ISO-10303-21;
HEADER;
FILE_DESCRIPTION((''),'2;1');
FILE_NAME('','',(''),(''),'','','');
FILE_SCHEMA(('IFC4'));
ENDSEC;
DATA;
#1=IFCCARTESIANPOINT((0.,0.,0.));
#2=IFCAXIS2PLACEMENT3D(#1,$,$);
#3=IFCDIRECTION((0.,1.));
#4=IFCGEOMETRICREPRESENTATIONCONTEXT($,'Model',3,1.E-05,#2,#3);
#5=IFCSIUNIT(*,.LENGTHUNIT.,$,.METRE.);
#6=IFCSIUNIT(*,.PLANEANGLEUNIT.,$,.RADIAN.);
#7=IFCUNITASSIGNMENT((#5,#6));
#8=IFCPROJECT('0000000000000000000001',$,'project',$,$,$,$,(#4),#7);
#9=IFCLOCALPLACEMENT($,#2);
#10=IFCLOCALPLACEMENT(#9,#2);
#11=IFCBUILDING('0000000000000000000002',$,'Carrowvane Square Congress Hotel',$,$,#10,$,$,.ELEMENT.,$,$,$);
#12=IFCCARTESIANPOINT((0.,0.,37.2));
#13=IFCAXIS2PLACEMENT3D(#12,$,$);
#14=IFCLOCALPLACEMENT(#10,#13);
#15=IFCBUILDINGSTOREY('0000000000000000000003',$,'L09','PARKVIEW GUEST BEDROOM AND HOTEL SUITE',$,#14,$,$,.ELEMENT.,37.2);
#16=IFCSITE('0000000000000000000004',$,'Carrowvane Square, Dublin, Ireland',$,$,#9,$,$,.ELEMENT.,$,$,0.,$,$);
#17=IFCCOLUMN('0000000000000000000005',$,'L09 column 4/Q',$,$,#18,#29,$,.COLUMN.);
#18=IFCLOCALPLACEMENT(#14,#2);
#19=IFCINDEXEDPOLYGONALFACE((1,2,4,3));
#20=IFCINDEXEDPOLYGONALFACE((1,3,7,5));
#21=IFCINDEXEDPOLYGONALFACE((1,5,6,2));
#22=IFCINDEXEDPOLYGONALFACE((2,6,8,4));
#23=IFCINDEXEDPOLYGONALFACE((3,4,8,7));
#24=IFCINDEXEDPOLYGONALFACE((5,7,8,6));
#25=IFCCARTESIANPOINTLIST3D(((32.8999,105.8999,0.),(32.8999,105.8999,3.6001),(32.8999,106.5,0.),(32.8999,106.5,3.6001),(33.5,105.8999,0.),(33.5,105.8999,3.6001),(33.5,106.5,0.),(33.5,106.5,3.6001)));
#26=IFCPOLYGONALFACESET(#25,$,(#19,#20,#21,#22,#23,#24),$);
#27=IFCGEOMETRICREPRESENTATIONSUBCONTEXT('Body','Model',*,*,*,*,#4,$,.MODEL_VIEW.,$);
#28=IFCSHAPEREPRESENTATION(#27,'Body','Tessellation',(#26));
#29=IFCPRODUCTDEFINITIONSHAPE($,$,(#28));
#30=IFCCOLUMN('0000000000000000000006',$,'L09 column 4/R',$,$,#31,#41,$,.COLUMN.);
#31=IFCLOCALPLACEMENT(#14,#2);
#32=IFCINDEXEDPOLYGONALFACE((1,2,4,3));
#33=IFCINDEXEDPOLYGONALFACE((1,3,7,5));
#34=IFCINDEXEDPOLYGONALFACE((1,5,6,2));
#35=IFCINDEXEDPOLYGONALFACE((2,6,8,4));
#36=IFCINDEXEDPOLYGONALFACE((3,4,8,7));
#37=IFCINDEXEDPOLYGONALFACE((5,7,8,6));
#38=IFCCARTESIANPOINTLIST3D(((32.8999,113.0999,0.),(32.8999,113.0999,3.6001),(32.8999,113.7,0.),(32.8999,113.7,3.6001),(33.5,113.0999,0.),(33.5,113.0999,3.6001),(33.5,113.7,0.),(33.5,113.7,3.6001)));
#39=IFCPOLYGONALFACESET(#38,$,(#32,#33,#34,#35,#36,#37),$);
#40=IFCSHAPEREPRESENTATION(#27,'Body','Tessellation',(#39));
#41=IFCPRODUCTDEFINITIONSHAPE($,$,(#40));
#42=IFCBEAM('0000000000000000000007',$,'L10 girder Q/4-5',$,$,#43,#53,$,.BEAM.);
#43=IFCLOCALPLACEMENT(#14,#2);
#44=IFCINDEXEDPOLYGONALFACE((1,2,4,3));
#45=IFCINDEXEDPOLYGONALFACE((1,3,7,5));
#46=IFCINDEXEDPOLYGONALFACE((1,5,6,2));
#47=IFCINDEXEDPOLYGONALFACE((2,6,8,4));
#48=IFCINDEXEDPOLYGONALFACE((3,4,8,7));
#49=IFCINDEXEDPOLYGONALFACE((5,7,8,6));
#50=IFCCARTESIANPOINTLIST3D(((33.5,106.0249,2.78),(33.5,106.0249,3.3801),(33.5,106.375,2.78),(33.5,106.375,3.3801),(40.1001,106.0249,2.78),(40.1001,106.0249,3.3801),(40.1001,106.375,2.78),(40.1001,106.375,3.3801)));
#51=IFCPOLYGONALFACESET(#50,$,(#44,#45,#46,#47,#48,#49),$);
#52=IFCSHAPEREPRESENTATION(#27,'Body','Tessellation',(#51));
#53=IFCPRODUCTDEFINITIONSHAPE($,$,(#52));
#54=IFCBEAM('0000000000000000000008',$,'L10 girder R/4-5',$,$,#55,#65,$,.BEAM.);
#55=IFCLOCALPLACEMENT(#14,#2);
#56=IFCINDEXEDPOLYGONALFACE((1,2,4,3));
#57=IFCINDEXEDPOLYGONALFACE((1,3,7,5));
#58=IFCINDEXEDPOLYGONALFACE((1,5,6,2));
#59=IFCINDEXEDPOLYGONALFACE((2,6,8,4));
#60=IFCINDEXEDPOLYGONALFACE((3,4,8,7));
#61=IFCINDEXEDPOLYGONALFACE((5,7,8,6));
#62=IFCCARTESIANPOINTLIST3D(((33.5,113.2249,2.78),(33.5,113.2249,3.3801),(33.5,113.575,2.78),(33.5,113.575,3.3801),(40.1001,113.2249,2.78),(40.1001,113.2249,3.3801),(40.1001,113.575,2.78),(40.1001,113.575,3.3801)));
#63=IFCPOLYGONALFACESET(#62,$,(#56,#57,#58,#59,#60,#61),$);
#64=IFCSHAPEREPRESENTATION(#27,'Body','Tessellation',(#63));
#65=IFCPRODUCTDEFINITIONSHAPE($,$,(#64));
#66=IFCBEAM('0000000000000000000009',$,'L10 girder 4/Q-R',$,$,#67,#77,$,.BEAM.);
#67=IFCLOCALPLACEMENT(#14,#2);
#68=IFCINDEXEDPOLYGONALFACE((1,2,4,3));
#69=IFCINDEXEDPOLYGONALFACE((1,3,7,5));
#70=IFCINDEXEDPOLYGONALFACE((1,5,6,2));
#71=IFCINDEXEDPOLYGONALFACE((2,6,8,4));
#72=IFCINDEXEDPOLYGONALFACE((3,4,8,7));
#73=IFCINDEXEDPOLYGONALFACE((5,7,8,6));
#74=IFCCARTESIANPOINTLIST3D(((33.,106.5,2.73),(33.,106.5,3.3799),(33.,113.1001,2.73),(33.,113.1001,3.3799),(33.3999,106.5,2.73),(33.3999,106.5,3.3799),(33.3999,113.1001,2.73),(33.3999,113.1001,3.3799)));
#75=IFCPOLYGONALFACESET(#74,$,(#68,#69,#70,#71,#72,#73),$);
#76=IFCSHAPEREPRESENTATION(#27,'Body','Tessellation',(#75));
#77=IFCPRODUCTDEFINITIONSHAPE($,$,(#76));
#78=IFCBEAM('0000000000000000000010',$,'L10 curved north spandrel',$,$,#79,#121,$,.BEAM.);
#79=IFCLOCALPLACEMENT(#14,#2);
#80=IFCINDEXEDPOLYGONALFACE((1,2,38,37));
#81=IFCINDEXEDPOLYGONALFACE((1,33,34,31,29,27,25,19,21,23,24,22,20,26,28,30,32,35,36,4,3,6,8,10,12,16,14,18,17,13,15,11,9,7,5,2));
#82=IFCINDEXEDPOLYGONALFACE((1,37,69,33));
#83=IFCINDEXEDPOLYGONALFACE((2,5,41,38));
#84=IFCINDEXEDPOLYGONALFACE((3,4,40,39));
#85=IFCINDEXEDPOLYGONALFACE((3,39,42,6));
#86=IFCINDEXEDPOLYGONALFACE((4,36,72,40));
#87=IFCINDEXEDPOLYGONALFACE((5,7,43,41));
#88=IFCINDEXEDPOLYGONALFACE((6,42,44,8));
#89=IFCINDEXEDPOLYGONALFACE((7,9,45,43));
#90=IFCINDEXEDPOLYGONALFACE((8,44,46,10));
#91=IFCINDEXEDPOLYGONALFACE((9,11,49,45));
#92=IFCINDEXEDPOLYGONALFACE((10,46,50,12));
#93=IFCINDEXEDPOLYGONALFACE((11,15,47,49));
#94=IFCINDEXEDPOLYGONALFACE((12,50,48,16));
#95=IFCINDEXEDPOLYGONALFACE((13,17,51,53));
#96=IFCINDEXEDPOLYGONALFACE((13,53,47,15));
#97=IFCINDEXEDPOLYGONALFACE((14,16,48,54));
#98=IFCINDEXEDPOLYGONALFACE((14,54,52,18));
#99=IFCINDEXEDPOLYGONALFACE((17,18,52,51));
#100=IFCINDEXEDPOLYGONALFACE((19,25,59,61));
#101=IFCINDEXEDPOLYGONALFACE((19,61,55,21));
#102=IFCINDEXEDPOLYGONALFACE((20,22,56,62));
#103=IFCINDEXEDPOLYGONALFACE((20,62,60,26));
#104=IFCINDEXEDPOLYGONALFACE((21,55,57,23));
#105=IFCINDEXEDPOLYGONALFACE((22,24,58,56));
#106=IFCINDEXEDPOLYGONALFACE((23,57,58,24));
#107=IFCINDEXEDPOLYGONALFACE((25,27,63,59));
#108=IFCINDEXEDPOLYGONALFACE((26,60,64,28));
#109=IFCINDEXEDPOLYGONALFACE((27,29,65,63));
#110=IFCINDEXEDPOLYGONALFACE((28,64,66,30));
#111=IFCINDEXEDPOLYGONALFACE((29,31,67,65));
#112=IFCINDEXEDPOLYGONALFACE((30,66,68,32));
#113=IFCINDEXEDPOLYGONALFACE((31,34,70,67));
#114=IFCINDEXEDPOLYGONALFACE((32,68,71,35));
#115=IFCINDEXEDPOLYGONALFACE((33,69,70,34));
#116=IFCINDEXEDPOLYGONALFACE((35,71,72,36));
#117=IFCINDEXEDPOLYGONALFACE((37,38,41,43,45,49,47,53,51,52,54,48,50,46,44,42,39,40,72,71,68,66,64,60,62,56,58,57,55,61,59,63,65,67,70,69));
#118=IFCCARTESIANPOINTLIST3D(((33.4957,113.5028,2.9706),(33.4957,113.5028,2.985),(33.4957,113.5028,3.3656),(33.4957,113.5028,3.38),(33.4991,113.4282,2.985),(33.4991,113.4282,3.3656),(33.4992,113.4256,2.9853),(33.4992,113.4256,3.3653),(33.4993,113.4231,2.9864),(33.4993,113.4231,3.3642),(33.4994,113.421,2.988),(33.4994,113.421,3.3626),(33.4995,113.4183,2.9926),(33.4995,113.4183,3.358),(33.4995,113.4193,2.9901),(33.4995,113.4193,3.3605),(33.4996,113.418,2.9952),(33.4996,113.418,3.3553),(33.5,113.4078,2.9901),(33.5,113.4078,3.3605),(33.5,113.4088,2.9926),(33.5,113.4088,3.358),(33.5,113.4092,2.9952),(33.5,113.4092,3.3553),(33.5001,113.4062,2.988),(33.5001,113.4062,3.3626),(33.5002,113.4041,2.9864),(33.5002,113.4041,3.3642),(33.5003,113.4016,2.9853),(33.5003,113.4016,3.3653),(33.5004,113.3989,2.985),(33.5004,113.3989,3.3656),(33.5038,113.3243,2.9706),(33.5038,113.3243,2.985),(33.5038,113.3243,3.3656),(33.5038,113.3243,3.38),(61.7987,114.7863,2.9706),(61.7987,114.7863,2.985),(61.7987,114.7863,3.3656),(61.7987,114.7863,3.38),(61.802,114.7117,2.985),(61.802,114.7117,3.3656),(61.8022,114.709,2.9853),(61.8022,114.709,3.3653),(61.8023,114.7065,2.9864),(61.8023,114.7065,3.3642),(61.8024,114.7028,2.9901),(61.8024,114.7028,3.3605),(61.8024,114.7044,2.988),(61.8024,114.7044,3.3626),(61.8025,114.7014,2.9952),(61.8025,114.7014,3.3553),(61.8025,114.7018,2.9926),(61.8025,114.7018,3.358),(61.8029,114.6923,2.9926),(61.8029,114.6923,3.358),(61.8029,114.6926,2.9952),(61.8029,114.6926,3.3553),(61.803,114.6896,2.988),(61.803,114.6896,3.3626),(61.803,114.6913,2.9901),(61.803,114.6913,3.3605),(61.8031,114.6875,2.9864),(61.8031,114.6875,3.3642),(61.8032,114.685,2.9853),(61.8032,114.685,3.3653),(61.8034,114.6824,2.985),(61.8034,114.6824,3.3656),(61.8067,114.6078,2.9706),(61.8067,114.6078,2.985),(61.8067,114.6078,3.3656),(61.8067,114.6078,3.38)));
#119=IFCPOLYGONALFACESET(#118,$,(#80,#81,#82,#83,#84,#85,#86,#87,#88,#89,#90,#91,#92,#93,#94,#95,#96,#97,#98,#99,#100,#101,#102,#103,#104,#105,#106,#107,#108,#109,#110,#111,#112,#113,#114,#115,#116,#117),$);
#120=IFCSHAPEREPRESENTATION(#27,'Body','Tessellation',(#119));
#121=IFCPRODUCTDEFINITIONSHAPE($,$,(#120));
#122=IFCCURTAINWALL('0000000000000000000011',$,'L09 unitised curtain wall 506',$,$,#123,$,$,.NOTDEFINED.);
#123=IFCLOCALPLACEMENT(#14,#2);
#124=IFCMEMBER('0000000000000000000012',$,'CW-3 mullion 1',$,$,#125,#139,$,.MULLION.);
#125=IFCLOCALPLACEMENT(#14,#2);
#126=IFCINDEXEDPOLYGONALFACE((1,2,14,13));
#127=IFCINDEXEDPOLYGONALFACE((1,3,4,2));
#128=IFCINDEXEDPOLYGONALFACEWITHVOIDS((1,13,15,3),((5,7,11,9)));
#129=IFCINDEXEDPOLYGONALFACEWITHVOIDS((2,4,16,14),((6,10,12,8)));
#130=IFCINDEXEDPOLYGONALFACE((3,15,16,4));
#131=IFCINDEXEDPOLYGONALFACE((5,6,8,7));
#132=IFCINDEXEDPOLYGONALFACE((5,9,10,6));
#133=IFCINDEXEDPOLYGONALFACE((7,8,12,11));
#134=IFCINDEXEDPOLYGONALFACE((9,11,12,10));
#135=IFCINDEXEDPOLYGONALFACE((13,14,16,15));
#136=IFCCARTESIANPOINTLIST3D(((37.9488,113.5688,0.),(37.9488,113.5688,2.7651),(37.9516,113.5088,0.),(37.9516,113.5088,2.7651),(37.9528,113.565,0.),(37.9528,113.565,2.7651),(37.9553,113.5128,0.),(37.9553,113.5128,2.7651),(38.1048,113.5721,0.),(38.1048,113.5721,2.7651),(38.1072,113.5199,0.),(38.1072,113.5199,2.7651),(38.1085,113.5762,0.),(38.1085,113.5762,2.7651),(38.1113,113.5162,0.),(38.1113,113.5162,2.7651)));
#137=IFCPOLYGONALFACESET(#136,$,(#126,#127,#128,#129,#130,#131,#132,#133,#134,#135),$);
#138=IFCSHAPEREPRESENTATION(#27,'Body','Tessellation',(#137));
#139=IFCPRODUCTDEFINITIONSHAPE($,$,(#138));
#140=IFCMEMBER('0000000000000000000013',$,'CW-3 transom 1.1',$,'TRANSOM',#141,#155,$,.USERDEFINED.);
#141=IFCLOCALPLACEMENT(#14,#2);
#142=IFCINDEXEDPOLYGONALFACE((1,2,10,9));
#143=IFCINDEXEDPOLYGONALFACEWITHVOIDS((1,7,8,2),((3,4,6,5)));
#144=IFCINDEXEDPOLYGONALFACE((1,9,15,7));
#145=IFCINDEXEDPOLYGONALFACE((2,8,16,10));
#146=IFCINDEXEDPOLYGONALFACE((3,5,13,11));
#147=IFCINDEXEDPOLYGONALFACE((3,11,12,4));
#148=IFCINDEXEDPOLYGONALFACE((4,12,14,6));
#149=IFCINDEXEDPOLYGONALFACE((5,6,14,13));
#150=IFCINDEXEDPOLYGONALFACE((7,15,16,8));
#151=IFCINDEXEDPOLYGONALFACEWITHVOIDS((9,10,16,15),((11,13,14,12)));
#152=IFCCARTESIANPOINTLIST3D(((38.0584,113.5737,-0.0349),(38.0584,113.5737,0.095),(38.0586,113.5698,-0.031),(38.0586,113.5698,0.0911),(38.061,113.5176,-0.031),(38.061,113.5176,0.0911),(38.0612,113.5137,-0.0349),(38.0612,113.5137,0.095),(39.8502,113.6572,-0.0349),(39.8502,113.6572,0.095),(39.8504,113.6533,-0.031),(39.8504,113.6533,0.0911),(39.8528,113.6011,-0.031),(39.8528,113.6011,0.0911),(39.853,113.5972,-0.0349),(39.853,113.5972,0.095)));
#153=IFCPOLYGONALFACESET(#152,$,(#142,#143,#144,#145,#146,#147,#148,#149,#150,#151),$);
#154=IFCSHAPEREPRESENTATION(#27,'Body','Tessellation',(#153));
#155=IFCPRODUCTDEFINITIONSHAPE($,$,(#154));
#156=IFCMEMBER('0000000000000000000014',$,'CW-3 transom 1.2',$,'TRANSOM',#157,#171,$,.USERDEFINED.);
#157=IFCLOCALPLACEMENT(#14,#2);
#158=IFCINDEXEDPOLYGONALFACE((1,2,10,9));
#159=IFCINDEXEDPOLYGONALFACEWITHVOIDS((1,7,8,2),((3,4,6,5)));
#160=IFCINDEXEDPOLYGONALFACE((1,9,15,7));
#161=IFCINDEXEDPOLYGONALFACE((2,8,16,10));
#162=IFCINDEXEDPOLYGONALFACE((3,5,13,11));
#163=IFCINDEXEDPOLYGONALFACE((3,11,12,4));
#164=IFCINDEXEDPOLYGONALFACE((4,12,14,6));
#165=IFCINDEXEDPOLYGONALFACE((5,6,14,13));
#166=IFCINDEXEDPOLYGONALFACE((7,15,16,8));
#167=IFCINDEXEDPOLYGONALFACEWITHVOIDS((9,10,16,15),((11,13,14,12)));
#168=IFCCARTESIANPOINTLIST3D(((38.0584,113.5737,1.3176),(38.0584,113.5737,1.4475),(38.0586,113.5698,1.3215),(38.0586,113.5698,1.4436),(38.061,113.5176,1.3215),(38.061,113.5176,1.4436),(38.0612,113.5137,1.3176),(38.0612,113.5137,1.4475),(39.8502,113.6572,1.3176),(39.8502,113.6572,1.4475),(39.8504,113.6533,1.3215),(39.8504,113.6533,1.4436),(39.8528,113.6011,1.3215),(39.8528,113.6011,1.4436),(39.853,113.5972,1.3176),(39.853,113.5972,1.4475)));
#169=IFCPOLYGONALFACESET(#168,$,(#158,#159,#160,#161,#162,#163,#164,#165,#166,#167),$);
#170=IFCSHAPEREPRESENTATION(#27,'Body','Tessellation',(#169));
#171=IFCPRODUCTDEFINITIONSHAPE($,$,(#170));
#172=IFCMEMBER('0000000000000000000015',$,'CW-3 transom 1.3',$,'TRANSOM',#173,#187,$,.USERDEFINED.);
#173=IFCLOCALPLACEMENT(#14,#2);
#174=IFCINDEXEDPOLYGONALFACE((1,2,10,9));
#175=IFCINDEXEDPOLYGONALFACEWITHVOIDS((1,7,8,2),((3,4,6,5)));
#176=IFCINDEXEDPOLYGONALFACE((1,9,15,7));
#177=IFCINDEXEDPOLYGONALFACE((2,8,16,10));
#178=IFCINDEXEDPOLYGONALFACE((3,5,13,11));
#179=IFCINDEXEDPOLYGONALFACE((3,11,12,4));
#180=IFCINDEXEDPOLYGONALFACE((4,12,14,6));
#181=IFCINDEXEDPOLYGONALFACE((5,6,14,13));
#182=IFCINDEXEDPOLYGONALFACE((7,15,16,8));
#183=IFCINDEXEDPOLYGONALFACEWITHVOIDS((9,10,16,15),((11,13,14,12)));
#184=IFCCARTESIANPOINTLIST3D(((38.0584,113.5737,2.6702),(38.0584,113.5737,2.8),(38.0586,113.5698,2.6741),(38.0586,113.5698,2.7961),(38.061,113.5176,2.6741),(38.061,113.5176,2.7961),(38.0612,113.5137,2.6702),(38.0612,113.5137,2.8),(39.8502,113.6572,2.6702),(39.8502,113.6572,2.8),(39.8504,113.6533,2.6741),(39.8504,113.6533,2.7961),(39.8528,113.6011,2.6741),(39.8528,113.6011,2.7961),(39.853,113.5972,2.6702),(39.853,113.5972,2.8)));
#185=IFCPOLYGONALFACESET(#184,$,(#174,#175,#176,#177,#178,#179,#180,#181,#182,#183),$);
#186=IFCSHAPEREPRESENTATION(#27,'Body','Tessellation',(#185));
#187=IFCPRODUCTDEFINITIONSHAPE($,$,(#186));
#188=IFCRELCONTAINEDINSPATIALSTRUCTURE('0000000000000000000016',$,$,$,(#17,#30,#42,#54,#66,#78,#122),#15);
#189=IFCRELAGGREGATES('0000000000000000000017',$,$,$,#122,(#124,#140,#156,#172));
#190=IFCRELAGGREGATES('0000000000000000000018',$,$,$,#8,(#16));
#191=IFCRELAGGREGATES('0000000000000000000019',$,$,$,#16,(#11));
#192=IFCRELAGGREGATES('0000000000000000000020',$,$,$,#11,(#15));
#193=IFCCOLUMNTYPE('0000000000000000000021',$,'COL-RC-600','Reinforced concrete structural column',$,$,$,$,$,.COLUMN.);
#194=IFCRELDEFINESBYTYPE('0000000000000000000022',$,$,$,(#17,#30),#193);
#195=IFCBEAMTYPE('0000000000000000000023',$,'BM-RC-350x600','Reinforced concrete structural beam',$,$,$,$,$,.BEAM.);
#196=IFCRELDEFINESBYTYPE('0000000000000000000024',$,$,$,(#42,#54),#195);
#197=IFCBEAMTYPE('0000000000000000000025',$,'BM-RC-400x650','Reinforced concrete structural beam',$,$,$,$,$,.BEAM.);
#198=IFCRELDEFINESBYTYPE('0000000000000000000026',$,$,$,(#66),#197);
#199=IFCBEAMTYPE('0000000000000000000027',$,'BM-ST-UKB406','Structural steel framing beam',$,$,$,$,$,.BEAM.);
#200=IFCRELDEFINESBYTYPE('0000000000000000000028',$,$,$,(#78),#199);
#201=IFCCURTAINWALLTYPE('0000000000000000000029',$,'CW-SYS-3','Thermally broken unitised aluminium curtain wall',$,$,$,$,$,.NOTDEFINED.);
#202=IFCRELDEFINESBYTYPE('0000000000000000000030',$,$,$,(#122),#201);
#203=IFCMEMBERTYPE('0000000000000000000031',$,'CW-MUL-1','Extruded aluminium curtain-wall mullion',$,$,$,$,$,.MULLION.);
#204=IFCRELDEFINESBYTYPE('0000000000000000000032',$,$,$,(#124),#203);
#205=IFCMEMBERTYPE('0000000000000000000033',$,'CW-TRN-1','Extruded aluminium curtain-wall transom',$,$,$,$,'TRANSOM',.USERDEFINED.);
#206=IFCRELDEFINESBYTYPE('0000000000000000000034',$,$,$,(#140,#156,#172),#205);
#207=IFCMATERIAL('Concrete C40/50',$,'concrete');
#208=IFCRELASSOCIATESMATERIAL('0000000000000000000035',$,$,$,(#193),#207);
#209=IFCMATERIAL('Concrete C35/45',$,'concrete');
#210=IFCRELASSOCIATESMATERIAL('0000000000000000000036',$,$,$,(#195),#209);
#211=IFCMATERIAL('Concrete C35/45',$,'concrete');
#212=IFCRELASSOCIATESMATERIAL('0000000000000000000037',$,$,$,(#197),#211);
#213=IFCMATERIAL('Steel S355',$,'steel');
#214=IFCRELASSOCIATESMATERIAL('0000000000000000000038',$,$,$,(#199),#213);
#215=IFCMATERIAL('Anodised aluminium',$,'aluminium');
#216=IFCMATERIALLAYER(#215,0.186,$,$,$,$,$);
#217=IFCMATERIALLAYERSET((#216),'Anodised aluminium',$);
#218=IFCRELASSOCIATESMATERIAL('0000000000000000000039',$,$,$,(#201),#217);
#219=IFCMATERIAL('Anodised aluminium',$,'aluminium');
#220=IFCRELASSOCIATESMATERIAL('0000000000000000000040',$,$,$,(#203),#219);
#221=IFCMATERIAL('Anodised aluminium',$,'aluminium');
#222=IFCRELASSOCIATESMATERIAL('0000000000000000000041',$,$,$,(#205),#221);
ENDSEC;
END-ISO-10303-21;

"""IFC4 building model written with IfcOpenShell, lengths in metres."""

from ifc_helpers import new_model, si_unit, direction, frame, origin, origin_2d, place, context, subcontext, project, spatial, rectangle, hollow_rectangle, i_section, extrude, material, layer, layer_set, material_profile, profile_set, type_object, element, aggregate, save


model = new_model("IFC4")

# Units and contexts
model_context = context("Model", 3, precision=1e-05, world=origin(), true_north=direction((0.0, 1.0)))
body_context = subcontext(model_context, "Body", "Model", "MODEL_VIEW")
ifc_project = project(units=[si_unit("LENGTHUNIT", "METRE"), si_unit("PLANEANGLEUNIT", "RADIAN")], contexts=[model_context])

# Site, building, storey
site_placement = place(None, origin())
site = spatial("IfcSite", under=ifc_project, at=site_placement, Name="Carrowvane Square, Dublin, Ireland", CompositionType="ELEMENT", RefElevation=0.0)
building_placement = place(site_placement, origin())
building = spatial("IfcBuilding", under=site, at=building_placement, Name="Carrowvane Square Congress Hotel", CompositionType="ELEMENT")
storey_placement = place(building_placement, frame((0.0, 0.0, 37.2)))
storey = spatial("IfcBuildingStorey", under=building, at=storey_placement, Name="L09", Description="PARKVIEW GUEST BEDROOM AND HOTEL SUITE", CompositionType="ELEMENT", Elevation=37.2)

# Columns
ifc_material_1 = material(Name="Concrete C40/50", Category="concrete")
ifc_material_profile_1 = material_profile(ifc_material_1, rectangle(XDim=0.6001, YDim=0.6001, at=origin_2d()), Name="RC 600x600")
ifc_profile_set_1 = profile_set([ifc_material_profile_1], Name="Concrete C40/50")
column_type = type_object("IfcColumnType", Name="COL-RC-600", Description="Reinforced concrete structural column", PredefinedType="COLUMN", material=ifc_profile_set_1)
for number, where, z_axis, x_axis, name in (
    (1, (33.2, 106.2, 0.0), (0.0, 0.0, 1.0), (1.0, 0.0, 0.0), "L09 column 4/Q"),
    (2, (33.2, 113.3999, 0.0), (0.0, 0.0, 1.0), (1.0, 0.0, 0.0), "L09 column 4/R"),
):
    element("IfcColumn", number, at=place(storey_placement, frame(where, z_axis=z_axis, x_axis=x_axis)), inside=storey, type_object=column_type, Name=name, PredefinedType="COLUMN", context=body_context, shape_type="SweptSolid", body=[
        extrude(rectangle(XDim=0.6001, YDim=0.6001, at=origin_2d()), origin(), (0.0, 0.0, 1.0), 3.6001),
    ])

# Beams
ifc_material_2 = material(Name="Concrete C35/45", Category="concrete")
ifc_material_profile_2 = material_profile(ifc_material_2, rectangle(XDim=0.3501, YDim=0.6001, at=origin_2d()), Name="RC 350x600")
ifc_profile_set_2 = profile_set([ifc_material_profile_2], Name="Concrete C35/45")
beam_type_1 = type_object("IfcBeamType", Name="BM-RC-350x600", Description="Reinforced concrete structural beam", PredefinedType="BEAM", material=ifc_profile_set_2)
for number, where, z_axis, x_axis, name in (
    (3, (33.5, 106.2, 3.0801), (1.0, 0.0, 0.0), (0.0, 1.0, 0.0), "L10 girder Q/4-5"),
    (4, (33.5, 113.3999, 3.0801), (1.0, 0.0, 0.0), (0.0, 1.0, 0.0), "L10 girder R/4-5"),
):
    element("IfcBeam", number, at=place(storey_placement, frame(where, z_axis=z_axis, x_axis=x_axis)), inside=storey, type_object=beam_type_1, Name=name, PredefinedType="BEAM", context=body_context, shape_type="SweptSolid", body=[
        extrude(rectangle(XDim=0.3501, YDim=0.6001, at=origin_2d()), origin(), (0.0, 0.0, 1.0), 6.6001),
    ])
ifc_material_3 = material(Name="Concrete C35/45", Category="concrete")
ifc_material_profile_3 = material_profile(ifc_material_3, rectangle(XDim=0.3999, YDim=0.6499, at=origin_2d()), Name="RC 400x650")
ifc_profile_set_3 = profile_set([ifc_material_profile_3], Name="Concrete C35/45")
beam_type_2 = type_object("IfcBeamType", Name="BM-RC-400x650", Description="Reinforced concrete structural beam", PredefinedType="BEAM", material=ifc_profile_set_3)
beam_1_placement = place(storey_placement, frame((33.2, 106.5, 3.0549), z_axis=(0.0, 1.0, 0.0), x_axis=(-1.0, 0.0, 0.0)))
element("IfcBeam", 5, at=beam_1_placement, inside=storey, type_object=beam_type_2, Name="L10 girder 4/Q-R", PredefinedType="BEAM", context=body_context, shape_type="SweptSolid", body=[
    extrude(rectangle(XDim=0.3999, YDim=0.6499, at=origin_2d()), origin(), (0.0, 0.0, 1.0), 6.6001),
])
ifc_material_4 = material(Name="Steel S355", Category="steel")
ifc_material_profile_4 = material_profile(ifc_material_4, i_section(OverallWidth=0.1787, OverallDepth=0.4094, WebThickness=0.0088, FlangeThickness=0.0144, FilletRadius=0.0103, at=origin_2d()), Name="UKB 406x178x67")
ifc_profile_set_4 = profile_set([ifc_material_profile_4], Name="Steel S355")
beam_type_3 = type_object("IfcBeamType", Name="BM-ST-UKB406", Description="Structural steel framing beam", PredefinedType="BEAM", material=ifc_profile_set_4)
beam_2_placement = place(storey_placement, frame((33.4998, 113.4136, 3.1753), z_axis=(0.998973, 0.0453, 0.0), x_axis=(-0.0453, 0.998973, 0.0)))
element("IfcBeam", 6, at=beam_2_placement, inside=storey, type_object=beam_type_3, Name="L10 curved north spandrel", PredefinedType="BEAM", context=body_context, shape_type="SweptSolid", body=[
    extrude(i_section(OverallWidth=0.1787, OverallDepth=0.4094, WebThickness=0.0088, FlangeThickness=0.0144, FilletRadius=0.0103, at=origin_2d()), origin(), (0.0, 0.0, 1.0), 28.332),
])

# Curtain wall, members
ifc_material_5 = material(Name="Anodised aluminium", Category="aluminium")
ifc_layer_1 = layer(ifc_material_5, 0.186)
ifc_layer_set_1 = layer_set([ifc_layer_1], Name="Anodised aluminium")
curtain_wall_type = type_object("IfcCurtainWallType", Name="CW-SYS-3", Description="Thermally broken unitised aluminium curtain wall", PredefinedType="NOTDEFINED", material=ifc_layer_set_1)
curtain_wall_placement = place(storey_placement, origin())
curtain_wall = element("IfcCurtainWall", 7, at=curtain_wall_placement, inside=storey, type_object=curtain_wall_type, Name="L09 unitised curtain wall 506", PredefinedType="NOTDEFINED")
ifc_material_6 = material(Name="Anodised aluminium", Category="aluminium")
ifc_material_profile_5 = material_profile(ifc_material_6, hollow_rectangle(XDim=0.0601, YDim=0.1599, WallThickness=0.0039, at=origin_2d()), Name="CW-ML 60x160x4")
ifc_profile_set_5 = profile_set([ifc_material_profile_5], Name="Anodised aluminium")
member_type_1 = type_object("IfcMemberType", Name="CW-MUL-1", Description="Extruded aluminium curtain-wall mullion", PredefinedType="MULLION", material=ifc_profile_set_5)
member_1_placement = place(storey_placement, frame((38.03, 113.5425, 0.0), z_axis=(0.0, 0.0, 1.0), x_axis=(-0.046522, 0.998917, 0.0)))
member_1 = element("IfcMember", 8, at=member_1_placement, type_object=member_type_1, Name="CW-3 mullion 1", PredefinedType="MULLION", context=body_context, shape_type="SweptSolid", body=[
    extrude(hollow_rectangle(XDim=0.0601, YDim=0.1599, WallThickness=0.0039, at=origin_2d()), origin(), (0.0, 0.0, 1.0), 2.7651),
])
ifc_material_7 = material(Name="Anodised aluminium", Category="aluminium")
ifc_material_profile_6 = material_profile(ifc_material_7, hollow_rectangle(XDim=0.0601, YDim=0.1299, WallThickness=0.0039, at=origin_2d()), Name="CW-TR 60x130x4")
ifc_profile_set_6 = profile_set([ifc_material_profile_6], Name="Anodised aluminium")
member_type_2 = type_object("IfcMemberType", Name="CW-TRN-1", Description="Extruded aluminium curtain-wall transom", ElementType="TRANSOM", PredefinedType="USERDEFINED", material=ifc_profile_set_6)
member_2_placement = place(storey_placement, frame((38.0598, 113.5437, 0.03), z_axis=(0.998916, 0.04655, 0.0), x_axis=(-0.04655, 0.998916, 0.0)))
member_2 = element("IfcMember", 9, at=member_2_placement, type_object=member_type_2, Name="CW-3 transom 1.1", ObjectType="TRANSOM", PredefinedType="USERDEFINED", context=body_context, shape_type="SweptSolid", body=[
    extrude(hollow_rectangle(XDim=0.0601, YDim=0.1299, WallThickness=0.0039, at=origin_2d()), origin(), (0.0, 0.0, 1.0), 1.7937),
])
member_3_placement = place(storey_placement, frame((38.0598, 113.5437, 1.3826), z_axis=(0.998916, 0.04655, 0.0), x_axis=(-0.04655, 0.998916, 0.0)))
member_3 = element("IfcMember", 10, at=member_3_placement, type_object=member_type_2, Name="CW-3 transom 1.2", ObjectType="TRANSOM", PredefinedType="USERDEFINED", context=body_context, shape_type="SweptSolid", body=[
    extrude(hollow_rectangle(XDim=0.0601, YDim=0.1299, WallThickness=0.0039, at=origin_2d()), origin(), (0.0, 0.0, 1.0), 1.7937),
])
member_4_placement = place(storey_placement, frame((38.0598, 113.5437, 2.7351), z_axis=(0.998916, 0.04655, 0.0), x_axis=(-0.04655, 0.998916, 0.0)))
member_4 = element("IfcMember", 11, at=member_4_placement, type_object=member_type_2, Name="CW-3 transom 1.3", ObjectType="TRANSOM", PredefinedType="USERDEFINED", context=body_context, shape_type="SweptSolid", body=[
    extrude(hollow_rectangle(XDim=0.0601, YDim=0.1299, WallThickness=0.0039, at=origin_2d()), origin(), (0.0, 0.0, 1.0), 1.7937),
])
aggregate(curtain_wall, [member_1, member_2, member_3, member_4])

save(model, "model.ifc")
